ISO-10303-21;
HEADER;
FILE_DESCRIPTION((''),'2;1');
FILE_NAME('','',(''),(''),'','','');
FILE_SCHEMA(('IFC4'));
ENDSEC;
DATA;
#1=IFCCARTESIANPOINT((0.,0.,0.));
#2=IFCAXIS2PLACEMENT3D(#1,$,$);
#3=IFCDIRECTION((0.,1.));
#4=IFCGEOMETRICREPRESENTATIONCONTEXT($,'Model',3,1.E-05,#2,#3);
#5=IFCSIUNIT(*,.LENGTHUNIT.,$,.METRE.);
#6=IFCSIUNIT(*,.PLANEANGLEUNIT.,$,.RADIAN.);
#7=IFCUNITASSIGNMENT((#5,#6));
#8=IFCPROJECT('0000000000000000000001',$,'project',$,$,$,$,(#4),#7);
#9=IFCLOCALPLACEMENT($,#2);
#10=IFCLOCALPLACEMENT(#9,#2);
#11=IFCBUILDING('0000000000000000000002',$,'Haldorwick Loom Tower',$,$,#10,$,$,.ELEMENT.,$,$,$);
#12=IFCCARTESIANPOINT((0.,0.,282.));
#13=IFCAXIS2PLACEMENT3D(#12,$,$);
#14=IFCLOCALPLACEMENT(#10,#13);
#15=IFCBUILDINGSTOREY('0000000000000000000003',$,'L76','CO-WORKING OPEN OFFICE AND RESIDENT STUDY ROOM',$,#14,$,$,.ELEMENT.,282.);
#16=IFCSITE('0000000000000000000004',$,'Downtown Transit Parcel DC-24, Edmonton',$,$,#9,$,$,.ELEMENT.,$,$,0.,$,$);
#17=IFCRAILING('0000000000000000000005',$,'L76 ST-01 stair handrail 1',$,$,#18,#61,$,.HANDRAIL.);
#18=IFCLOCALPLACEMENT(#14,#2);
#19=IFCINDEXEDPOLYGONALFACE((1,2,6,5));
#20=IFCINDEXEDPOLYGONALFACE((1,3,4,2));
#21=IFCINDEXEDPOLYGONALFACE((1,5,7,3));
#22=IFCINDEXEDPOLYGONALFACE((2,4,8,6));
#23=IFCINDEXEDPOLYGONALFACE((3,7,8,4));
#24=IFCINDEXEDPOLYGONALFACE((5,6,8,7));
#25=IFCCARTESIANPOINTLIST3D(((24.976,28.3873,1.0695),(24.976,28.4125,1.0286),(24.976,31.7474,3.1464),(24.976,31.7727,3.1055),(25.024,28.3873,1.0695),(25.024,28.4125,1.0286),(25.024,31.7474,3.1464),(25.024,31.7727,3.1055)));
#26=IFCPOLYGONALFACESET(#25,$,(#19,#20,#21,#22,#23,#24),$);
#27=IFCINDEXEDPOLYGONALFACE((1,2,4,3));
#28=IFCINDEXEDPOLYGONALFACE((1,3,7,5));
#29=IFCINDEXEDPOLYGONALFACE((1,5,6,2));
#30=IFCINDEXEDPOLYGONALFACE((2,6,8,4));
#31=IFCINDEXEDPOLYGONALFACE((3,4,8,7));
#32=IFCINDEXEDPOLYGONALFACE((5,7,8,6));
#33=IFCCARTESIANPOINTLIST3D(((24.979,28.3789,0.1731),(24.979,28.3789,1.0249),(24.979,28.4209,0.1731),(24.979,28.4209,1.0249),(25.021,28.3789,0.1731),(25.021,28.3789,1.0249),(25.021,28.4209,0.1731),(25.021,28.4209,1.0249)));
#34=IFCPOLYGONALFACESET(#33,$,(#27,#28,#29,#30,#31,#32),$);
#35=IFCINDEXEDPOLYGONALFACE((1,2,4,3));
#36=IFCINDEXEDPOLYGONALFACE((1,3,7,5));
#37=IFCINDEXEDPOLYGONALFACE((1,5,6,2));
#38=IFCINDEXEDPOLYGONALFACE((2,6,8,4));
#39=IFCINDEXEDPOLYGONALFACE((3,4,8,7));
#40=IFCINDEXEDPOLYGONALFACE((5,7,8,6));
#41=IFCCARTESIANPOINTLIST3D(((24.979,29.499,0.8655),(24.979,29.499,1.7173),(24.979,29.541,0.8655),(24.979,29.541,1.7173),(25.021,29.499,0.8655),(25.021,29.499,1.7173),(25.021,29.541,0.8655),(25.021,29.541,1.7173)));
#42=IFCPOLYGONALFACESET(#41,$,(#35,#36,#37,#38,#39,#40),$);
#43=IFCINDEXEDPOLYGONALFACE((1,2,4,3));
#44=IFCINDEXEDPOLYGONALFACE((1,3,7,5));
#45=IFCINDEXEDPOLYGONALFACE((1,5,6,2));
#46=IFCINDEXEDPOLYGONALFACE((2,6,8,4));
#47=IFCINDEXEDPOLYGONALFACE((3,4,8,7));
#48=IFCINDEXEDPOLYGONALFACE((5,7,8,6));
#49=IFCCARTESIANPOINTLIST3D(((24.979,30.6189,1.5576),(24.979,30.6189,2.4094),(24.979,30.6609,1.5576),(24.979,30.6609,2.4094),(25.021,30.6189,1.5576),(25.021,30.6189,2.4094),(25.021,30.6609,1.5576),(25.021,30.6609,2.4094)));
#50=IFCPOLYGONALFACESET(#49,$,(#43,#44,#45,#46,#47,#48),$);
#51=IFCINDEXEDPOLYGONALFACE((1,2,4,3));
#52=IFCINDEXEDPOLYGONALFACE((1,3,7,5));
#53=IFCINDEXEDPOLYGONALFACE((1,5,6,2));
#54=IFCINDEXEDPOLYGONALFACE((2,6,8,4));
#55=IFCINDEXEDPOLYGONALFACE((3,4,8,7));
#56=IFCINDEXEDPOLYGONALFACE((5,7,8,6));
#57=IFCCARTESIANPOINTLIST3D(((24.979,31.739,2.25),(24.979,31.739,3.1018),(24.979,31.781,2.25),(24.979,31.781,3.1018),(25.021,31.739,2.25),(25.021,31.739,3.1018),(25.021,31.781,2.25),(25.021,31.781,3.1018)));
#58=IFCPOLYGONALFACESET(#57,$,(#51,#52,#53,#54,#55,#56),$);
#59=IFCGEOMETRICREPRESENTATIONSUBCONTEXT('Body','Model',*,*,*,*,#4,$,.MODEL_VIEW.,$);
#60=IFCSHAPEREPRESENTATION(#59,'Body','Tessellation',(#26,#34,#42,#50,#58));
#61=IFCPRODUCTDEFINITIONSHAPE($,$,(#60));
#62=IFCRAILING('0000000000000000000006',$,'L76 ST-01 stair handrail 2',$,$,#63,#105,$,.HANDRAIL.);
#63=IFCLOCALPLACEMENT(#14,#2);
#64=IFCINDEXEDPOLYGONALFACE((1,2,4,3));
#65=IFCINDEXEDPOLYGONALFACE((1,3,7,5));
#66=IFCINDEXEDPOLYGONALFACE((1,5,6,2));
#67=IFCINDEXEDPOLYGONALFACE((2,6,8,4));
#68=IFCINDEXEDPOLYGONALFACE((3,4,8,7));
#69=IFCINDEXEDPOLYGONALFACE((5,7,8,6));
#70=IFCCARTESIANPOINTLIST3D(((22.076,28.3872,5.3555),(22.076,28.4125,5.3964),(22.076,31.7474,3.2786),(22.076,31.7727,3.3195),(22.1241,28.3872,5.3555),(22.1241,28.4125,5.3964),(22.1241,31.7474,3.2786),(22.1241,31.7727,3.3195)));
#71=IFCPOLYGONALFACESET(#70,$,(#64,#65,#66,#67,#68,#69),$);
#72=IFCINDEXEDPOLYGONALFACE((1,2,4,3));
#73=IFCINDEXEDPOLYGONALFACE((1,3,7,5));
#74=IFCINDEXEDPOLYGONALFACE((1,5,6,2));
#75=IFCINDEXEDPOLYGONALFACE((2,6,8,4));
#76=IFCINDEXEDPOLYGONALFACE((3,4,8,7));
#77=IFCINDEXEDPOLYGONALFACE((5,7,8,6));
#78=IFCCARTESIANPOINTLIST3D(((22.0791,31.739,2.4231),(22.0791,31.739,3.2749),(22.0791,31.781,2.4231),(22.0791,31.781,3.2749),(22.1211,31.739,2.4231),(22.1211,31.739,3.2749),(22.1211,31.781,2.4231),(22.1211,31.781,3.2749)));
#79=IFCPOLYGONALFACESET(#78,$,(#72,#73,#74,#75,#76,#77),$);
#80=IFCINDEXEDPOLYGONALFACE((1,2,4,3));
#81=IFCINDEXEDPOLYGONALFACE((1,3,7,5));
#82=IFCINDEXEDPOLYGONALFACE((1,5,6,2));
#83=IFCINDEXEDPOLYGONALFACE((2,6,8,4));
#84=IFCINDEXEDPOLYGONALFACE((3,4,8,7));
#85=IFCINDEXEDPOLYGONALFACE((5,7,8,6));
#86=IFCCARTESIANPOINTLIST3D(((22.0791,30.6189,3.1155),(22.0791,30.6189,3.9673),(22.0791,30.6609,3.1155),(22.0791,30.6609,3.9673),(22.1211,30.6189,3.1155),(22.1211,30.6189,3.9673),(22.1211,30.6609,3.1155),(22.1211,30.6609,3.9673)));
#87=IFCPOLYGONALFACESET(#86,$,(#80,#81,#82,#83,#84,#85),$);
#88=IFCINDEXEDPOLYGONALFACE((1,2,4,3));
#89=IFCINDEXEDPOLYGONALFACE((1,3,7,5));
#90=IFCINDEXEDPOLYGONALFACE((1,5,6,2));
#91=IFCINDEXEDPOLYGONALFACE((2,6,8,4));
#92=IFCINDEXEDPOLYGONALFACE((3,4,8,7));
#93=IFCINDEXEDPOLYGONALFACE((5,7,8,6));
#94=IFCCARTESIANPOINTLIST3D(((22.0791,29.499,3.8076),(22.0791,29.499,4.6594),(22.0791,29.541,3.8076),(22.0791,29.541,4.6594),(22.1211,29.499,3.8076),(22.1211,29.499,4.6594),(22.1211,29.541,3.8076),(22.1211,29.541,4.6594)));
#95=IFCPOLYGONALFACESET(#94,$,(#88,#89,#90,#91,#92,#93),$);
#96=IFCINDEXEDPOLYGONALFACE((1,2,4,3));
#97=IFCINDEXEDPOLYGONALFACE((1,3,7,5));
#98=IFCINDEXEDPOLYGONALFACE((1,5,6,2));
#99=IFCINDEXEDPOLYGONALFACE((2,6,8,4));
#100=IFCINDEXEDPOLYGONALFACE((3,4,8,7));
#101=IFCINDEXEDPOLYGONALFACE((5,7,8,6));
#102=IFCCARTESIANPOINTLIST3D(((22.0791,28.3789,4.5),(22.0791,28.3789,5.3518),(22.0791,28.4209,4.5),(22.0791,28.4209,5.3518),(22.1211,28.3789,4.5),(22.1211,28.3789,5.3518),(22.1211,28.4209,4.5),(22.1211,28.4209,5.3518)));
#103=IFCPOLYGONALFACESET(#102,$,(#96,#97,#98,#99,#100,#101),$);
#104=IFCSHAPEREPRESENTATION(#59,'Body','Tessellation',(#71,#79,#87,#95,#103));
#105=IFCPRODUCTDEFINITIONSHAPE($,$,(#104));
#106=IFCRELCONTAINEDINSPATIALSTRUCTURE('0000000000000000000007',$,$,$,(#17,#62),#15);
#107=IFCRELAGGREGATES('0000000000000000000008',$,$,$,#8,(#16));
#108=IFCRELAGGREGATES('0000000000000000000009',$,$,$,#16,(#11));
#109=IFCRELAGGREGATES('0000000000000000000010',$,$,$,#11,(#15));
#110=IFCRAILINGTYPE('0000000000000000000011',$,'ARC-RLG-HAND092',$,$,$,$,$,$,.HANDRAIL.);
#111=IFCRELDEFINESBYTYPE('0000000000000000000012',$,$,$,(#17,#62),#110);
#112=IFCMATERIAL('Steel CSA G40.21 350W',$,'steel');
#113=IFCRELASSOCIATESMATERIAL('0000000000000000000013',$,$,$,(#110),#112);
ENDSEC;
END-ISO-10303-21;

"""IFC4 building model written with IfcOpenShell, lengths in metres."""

from ifc_helpers import new_model, si_unit, direction, frame, origin, origin_2d, place, context, subcontext, project, spatial, rectangle, extrude, material, type_object, element, save


model = new_model("IFC4")

# Units and contexts
model_context = context("Model", 3, precision=1e-05, world=origin(), true_north=direction((0.0, 1.0)))
body_context = subcontext(model_context, "Body", "Model", "MODEL_VIEW")
ifc_project = project(units=[si_unit("LENGTHUNIT", "METRE"), si_unit("PLANEANGLEUNIT", "RADIAN")], contexts=[model_context])

# Site, building, storey
site_placement = place(None, origin())
site = spatial("IfcSite", under=ifc_project, at=site_placement, Name="Downtown Transit Parcel DC-24, Edmonton", CompositionType="ELEMENT", RefElevation=0.0)
building_placement = place(site_placement, origin())
building = spatial("IfcBuilding", under=site, at=building_placement, Name="Haldorwick Loom Tower", CompositionType="ELEMENT")
storey_placement = place(building_placement, frame((0.0, 0.0, 282.0)))
storey = spatial("IfcBuildingStorey", under=building, at=storey_placement, Name="L76", Description="CO-WORKING OPEN OFFICE AND RESIDENT STUDY ROOM", CompositionType="ELEMENT", Elevation=282.0)

# Shared definitions
ifc_material_1 = material(Name="Steel CSA G40.21 350W", Category="steel")

# Railings
railing_type_1 = type_object("IfcRailingType", Name="ARC-RLG-HAND092", PredefinedType="HANDRAIL", material=ifc_material_1)
railing_1_placement = place(storey_placement, frame((25.0, 28.3999, 0.1731)))
element("IfcRailing", 1, at=railing_1_placement, inside=storey, type_object=railing_type_1, Name="L76 ST-01 stair handrail 1", PredefinedType="HANDRAIL", context=body_context, shape_type="SweptSolid", body=[
    extrude(rectangle(XDim=0.0481, YDim=0.0481, at=origin_2d()), frame((0.0, 0.0, 0.876), z_axis=(0.0, 0.850623, 0.525776), x_axis=(-1.0, 0.0, 0.0)), (0.0, 0.0, 1.0), 3.9502),
    extrude(rectangle(XDim=0.042, YDim=0.042, at=origin_2d()), origin(), (0.0, 0.0, 1.0), 0.8518),
    extrude(rectangle(XDim=0.042, YDim=0.042, at=origin_2d()), frame((0.0, 1.1201, 0.6924)), (0.0, 0.0, 1.0), 0.8518),
    extrude(rectangle(XDim=0.042, YDim=0.042, at=origin_2d()), frame((0.0, 2.24, 1.3845)), (0.0, 0.0, 1.0), 0.8518),
    extrude(rectangle(XDim=0.042, YDim=0.042, at=origin_2d()), frame((0.0, 3.3601, 2.0769)), (0.0, 0.0, 1.0), 0.8518),
])
railing_2_placement = place(storey_placement, frame((22.1001, 31.76, 2.4231)))
element("IfcRailing", 2, at=railing_2_placement, inside=storey, type_object=railing_type_1, Name="L76 ST-01 stair handrail 2", PredefinedType="HANDRAIL", context=body_context, shape_type="SweptSolid", body=[
    extrude(rectangle(XDim=0.0481, YDim=0.0481, at=origin_2d()), frame((0.0, 0.0, 0.876), z_axis=(0.0, -0.850623, 0.525776), x_axis=(1.0, 0.0, 0.0)), (0.0, 0.0, 1.0), 3.9502),
    extrude(rectangle(XDim=0.042, YDim=0.042, at=origin_2d()), origin(), (0.0, 0.0, 1.0), 0.8518),
    extrude(rectangle(XDim=0.042, YDim=0.042, at=origin_2d()), frame((0.0, -1.1201, 0.6924)), (0.0, 0.0, 1.0), 0.8518),
    extrude(rectangle(XDim=0.042, YDim=0.042, at=origin_2d()), frame((0.0, -2.24, 1.3845)), (0.0, 0.0, 1.0), 0.8518),
    extrude(rectangle(XDim=0.042, YDim=0.042, at=origin_2d()), frame((0.0, -3.3601, 2.0769)), (0.0, 0.0, 1.0), 0.8518),
])

save(model, "model.ifc")
